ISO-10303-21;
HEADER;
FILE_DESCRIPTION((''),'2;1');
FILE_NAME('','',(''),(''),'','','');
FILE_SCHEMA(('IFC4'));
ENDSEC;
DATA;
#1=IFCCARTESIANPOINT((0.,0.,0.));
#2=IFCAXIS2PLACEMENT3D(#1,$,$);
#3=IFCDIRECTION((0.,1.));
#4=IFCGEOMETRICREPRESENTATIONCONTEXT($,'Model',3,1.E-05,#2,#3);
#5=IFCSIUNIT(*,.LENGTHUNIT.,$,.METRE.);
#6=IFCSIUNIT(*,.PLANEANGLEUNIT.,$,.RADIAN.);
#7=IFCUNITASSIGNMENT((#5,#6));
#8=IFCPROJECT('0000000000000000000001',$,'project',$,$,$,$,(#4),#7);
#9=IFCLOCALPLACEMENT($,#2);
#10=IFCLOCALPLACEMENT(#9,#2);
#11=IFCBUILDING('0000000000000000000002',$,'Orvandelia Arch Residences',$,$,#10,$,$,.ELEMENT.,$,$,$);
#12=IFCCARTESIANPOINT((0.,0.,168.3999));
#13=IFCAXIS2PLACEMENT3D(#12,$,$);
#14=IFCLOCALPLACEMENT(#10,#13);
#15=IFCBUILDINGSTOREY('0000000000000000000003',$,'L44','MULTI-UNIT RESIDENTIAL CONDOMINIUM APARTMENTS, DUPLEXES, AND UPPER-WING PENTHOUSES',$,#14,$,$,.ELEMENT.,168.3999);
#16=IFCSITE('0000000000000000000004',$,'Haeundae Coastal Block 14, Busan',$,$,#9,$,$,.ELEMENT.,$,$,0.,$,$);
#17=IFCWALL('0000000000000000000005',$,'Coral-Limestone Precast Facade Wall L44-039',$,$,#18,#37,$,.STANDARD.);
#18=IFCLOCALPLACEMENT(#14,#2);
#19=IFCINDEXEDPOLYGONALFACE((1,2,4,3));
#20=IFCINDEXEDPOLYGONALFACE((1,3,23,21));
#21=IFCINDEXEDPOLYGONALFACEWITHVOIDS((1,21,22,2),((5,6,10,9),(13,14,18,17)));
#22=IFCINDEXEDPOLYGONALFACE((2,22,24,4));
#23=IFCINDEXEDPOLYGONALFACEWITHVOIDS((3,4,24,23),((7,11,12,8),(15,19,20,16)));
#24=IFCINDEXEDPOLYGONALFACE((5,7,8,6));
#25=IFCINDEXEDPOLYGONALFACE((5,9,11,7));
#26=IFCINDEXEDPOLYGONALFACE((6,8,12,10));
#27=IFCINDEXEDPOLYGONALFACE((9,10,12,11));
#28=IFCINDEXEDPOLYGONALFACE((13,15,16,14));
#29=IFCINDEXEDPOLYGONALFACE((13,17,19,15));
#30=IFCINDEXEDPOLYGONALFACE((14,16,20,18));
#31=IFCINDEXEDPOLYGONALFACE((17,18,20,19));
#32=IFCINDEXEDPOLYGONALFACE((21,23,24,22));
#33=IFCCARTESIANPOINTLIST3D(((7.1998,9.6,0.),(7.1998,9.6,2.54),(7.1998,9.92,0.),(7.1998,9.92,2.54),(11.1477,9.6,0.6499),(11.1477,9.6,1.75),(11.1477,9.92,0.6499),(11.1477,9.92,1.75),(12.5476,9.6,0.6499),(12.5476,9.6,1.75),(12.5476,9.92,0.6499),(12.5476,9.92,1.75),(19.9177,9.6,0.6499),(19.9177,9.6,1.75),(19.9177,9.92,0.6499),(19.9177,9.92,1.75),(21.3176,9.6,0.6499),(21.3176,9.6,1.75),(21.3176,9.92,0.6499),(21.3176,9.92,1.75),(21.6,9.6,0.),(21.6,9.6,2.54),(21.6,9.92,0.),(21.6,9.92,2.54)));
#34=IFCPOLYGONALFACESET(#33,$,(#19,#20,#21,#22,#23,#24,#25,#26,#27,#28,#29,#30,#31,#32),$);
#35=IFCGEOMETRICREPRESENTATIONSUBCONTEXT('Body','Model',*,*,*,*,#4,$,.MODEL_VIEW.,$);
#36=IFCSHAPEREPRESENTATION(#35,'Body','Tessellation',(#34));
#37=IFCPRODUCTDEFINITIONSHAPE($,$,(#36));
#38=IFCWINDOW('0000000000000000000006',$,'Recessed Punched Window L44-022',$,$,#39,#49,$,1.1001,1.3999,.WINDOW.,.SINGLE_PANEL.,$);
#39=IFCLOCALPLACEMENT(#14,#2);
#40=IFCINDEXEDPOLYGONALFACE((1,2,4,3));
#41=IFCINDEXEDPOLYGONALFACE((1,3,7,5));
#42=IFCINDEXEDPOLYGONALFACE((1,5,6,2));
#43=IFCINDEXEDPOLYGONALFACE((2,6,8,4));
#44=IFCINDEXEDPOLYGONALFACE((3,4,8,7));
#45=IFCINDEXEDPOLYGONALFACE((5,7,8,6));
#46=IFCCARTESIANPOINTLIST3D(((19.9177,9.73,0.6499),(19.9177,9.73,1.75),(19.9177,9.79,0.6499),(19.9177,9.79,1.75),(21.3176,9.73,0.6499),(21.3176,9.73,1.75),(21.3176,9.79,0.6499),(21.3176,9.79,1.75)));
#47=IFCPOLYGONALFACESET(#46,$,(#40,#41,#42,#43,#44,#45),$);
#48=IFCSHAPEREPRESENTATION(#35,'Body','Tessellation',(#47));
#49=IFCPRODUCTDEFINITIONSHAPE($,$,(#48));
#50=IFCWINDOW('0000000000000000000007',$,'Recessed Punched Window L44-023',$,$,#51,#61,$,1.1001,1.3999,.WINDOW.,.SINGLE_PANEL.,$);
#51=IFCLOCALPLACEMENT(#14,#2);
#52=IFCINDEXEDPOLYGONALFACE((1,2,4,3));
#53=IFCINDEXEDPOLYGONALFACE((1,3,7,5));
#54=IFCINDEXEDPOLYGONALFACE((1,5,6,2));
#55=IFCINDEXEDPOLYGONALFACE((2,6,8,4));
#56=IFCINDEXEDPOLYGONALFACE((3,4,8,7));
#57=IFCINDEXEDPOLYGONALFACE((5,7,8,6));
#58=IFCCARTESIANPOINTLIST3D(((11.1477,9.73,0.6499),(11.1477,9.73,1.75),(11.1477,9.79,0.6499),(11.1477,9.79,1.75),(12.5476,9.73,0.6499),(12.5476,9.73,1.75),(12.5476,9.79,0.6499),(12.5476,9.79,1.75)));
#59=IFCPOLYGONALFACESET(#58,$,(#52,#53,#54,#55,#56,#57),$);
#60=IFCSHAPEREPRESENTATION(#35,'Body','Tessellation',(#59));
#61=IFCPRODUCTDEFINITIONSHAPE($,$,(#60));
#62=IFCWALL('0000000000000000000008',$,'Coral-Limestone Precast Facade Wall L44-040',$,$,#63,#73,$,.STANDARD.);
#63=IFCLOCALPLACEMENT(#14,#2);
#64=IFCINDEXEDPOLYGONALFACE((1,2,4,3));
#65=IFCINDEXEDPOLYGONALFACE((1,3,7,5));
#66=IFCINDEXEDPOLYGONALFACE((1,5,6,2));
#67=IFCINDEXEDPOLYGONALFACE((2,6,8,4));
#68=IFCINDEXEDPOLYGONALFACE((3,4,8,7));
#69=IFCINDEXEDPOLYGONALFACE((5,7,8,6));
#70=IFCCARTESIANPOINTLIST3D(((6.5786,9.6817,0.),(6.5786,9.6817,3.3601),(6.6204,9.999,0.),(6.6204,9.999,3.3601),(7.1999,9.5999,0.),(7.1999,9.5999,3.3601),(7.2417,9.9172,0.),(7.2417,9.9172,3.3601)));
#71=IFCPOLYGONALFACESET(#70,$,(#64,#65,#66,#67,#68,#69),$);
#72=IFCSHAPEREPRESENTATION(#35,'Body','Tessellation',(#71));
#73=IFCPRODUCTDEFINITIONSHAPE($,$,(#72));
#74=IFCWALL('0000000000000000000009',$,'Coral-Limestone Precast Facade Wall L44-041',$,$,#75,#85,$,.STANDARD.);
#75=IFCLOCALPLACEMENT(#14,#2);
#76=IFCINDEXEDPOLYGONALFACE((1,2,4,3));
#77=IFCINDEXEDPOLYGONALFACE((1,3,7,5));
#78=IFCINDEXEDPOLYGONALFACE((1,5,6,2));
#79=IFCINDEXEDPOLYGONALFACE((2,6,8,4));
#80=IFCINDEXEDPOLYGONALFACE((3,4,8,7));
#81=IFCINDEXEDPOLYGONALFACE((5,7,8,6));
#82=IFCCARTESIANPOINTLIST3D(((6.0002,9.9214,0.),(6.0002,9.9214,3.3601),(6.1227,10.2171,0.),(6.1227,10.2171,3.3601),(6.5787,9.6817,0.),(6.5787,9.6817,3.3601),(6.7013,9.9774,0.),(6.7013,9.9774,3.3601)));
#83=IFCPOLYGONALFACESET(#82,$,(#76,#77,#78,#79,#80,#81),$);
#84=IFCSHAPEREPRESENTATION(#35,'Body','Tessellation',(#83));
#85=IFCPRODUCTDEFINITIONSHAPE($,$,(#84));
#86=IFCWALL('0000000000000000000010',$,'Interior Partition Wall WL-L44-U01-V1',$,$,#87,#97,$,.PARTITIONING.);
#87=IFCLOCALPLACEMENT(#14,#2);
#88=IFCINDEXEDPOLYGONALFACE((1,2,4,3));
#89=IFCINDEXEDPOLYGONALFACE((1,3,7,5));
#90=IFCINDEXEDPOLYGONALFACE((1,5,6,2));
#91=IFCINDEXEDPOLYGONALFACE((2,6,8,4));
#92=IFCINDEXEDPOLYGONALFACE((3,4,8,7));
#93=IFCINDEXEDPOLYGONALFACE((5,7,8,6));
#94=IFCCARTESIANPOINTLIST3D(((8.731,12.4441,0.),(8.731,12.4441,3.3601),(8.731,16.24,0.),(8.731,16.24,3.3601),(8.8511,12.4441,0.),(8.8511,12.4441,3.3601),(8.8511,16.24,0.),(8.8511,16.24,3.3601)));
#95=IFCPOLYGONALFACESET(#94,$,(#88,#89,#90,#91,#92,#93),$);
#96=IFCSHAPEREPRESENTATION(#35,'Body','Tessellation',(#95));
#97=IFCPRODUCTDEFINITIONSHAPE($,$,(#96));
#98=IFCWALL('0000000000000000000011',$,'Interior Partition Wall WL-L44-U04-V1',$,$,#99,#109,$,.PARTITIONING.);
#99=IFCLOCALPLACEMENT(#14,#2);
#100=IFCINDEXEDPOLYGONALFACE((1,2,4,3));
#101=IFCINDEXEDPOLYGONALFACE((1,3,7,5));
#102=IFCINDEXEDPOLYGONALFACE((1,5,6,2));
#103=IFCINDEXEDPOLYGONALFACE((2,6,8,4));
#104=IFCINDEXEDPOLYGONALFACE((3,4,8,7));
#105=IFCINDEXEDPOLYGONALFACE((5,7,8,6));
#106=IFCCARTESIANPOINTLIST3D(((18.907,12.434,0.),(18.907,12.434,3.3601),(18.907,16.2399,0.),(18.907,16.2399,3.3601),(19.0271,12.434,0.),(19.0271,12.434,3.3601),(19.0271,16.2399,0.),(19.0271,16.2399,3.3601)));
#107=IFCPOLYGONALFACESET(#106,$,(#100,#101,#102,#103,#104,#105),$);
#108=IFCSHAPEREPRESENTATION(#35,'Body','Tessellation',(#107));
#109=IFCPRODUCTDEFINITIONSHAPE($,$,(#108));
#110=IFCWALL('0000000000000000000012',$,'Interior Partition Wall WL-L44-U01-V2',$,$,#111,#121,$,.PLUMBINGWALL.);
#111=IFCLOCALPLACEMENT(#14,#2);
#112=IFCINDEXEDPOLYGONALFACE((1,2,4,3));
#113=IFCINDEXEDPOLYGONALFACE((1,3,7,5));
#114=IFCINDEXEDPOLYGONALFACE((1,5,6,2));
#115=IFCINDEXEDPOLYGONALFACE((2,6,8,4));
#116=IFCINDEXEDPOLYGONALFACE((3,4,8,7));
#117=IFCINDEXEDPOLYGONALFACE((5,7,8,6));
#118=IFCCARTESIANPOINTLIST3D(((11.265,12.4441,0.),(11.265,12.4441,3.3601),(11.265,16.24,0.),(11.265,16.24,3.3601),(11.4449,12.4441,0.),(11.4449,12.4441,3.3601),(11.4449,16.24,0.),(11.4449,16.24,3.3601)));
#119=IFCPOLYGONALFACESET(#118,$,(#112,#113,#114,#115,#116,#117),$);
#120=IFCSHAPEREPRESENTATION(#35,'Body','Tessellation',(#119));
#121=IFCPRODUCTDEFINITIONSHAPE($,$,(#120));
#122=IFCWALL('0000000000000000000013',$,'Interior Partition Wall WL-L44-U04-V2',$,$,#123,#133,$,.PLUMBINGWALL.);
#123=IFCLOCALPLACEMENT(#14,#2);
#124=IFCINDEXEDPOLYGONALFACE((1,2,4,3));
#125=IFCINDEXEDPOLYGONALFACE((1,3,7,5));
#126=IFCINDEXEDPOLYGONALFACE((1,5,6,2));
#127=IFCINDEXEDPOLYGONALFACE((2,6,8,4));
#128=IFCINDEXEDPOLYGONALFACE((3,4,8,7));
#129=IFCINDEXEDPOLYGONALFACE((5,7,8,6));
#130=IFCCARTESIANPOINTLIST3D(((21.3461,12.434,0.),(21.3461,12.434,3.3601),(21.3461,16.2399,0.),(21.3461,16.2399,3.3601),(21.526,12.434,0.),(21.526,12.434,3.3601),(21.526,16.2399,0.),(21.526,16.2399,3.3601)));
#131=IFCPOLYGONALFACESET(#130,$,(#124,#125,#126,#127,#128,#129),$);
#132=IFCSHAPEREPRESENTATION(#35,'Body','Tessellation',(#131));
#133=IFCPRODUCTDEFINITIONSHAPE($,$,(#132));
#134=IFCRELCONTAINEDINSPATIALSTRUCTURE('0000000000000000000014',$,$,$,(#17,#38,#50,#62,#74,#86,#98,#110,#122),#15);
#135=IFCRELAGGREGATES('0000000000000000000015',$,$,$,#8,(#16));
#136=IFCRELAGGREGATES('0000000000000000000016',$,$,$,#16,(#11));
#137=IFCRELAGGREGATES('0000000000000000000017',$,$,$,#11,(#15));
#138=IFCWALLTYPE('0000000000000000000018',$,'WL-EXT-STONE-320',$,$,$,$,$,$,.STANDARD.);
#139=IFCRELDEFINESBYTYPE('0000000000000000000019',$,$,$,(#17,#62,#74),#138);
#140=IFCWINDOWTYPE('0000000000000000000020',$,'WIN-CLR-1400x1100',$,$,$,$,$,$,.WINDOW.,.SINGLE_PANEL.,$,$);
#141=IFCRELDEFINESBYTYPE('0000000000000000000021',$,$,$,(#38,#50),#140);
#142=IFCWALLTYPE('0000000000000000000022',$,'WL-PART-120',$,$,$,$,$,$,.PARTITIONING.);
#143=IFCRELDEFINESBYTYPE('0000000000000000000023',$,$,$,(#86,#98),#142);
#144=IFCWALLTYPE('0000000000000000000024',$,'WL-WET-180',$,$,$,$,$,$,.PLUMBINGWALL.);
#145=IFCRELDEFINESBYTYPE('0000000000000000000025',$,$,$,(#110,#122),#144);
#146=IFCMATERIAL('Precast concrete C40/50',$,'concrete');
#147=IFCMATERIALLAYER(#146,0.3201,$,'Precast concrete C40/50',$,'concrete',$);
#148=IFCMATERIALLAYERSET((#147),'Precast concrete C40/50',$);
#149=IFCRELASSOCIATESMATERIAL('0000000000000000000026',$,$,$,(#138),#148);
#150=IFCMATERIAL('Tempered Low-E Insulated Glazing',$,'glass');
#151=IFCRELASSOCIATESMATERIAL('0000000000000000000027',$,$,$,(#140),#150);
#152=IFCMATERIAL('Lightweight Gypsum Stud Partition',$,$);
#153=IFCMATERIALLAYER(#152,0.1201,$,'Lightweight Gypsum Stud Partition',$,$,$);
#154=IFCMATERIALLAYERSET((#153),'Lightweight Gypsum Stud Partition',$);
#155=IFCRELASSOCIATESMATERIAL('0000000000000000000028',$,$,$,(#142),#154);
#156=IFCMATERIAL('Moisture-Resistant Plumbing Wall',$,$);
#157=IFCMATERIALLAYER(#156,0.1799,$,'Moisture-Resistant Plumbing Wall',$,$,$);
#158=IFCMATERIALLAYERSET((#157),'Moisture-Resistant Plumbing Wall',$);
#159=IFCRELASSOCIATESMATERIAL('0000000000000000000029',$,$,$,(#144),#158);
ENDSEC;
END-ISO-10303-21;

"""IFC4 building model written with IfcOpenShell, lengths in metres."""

from ifc_helpers import new_model, si_unit, direction, frame, frame_2d, origin, place, context, subcontext, project, spatial, rectangle, extrude, material, layer, layer_set, type_object, element, fill, save


model = new_model("IFC4")

# Units and contexts
model_context = context("Model", 3, precision=1e-05, world=origin(), true_north=direction((0.0, 1.0)))
body_context = subcontext(model_context, "Body", "Model", "MODEL_VIEW")
ifc_project = project(units=[si_unit("LENGTHUNIT", "METRE"), si_unit("PLANEANGLEUNIT", "RADIAN")], contexts=[model_context])

# Site, building, storey
site_placement = place(None, origin())
site = spatial("IfcSite", under=ifc_project, at=site_placement, Name="Haeundae Coastal Block 14, Busan", CompositionType="ELEMENT", RefElevation=0.0)
building_placement = place(site_placement, origin())
building = spatial("IfcBuilding", under=site, at=building_placement, Name="Orvandelia Arch Residences", CompositionType="ELEMENT")
storey_placement = place(building_placement, frame((0.0, 0.0, 168.3999)))
storey = spatial("IfcBuildingStorey", under=building, at=storey_placement, Name="L44", Description="MULTI-UNIT RESIDENTIAL CONDOMINIUM APARTMENTS, DUPLEXES, AND UPPER-WING PENTHOUSES", CompositionType="ELEMENT", Elevation=168.3999)

# Shared definitions
ifc_material_1 = material(Name="Precast concrete C40/50", Category="concrete")
ifc_layer_1 = layer(ifc_material_1, 0.3201, Name="Precast concrete C40/50", Category="concrete")
ifc_layer_set_1 = layer_set([ifc_layer_1], Name="Precast concrete C40/50")
wall_type_1 = type_object("IfcWallType", Name="WL-EXT-STONE-320", PredefinedType="STANDARD", material=ifc_layer_set_1)

# Wall, openings, windows
wall_1_placement = place(storey_placement, frame((21.6001, 9.76, 0.0), z_axis=(0.0, 0.0, 1.0), x_axis=(-1.0, 0.0, 0.0)))
wall_1 = element("IfcWall", 1, at=wall_1_placement, inside=storey, type_object=wall_type_1, Name="Coral-Limestone Precast Facade Wall L44-039", PredefinedType="STANDARD", context=body_context, shape_type="SweptSolid", body=[
    extrude(rectangle(XDim=14.4001, YDim=0.3201, at=frame_2d((7.2002, 0.0))), origin(), (0.0, 0.0, 1.0), 2.54),
])
opening_1_placement = place(wall_1_placement, frame((0.2825, 0.0, 0.6499)))
opening_1 = element("IfcOpeningElement", 2, at=opening_1_placement, cuts=wall_1, PredefinedType="OPENING", context=body_context, shape_type="SweptSolid", body=[
    extrude(rectangle(XDim=1.3999, YDim=1.1001, at=frame_2d((0.7, 0.55))), frame((0.0, 0.1699, 0.0), z_axis=(0.0, -1.0, 0.0), x_axis=(1.0, 0.0, 0.0)), (0.0, 0.0, 1.0), 0.3401),
])
opening_2_placement = place(wall_1_placement, frame((9.0525, 0.0, 0.6499)))
opening_2 = element("IfcOpeningElement", 3, at=opening_2_placement, cuts=wall_1, PredefinedType="OPENING", context=body_context, shape_type="SweptSolid", body=[
    extrude(rectangle(XDim=1.3999, YDim=1.1001, at=frame_2d((0.7, 0.55))), frame((0.0, 0.1699, 0.0), z_axis=(0.0, -1.0, 0.0), x_axis=(1.0, 0.0, 0.0)), (0.0, 0.0, 1.0), 0.3401),
])
ifc_material_2 = material(Name="Tempered Low-E Insulated Glazing", Category="glass")
window_type = type_object("IfcWindowType", Name="WIN-CLR-1400x1100", PartitioningType="SINGLE_PANEL", PredefinedType="WINDOW", material=ifc_material_2)
window_1_placement = place(opening_1_placement, origin())
window_1 = element("IfcWindow", 4, at=window_1_placement, inside=storey, type_object=window_type, Name="Recessed Punched Window L44-022", OverallHeight=1.1001, OverallWidth=1.3999, PartitioningType="SINGLE_PANEL", PredefinedType="WINDOW", context=body_context, shape_type="SweptSolid", body=[
    extrude(rectangle(XDim=1.3999, YDim=1.1001, at=frame_2d((0.7, 0.55))), frame((0.0, 0.03, 0.0), z_axis=(0.0, -1.0, 0.0), x_axis=(1.0, 0.0, 0.0)), (0.0, 0.0, 1.0), 0.0601),
])
fill(opening_1, window_1)
window_2_placement = place(opening_2_placement, origin())
window_2 = element("IfcWindow", 5, at=window_2_placement, inside=storey, type_object=window_type, Name="Recessed Punched Window L44-023", OverallHeight=1.1001, OverallWidth=1.3999, PartitioningType="SINGLE_PANEL", PredefinedType="WINDOW", context=body_context, shape_type="SweptSolid", body=[
    extrude(rectangle(XDim=1.3999, YDim=1.1001, at=frame_2d((0.7, 0.55))), frame((0.0, 0.03, 0.0), z_axis=(0.0, -1.0, 0.0), x_axis=(1.0, 0.0, 0.0)), (0.0, 0.0, 1.0), 0.0601),
])
fill(opening_2, window_2)

# Walls
wall_2_placement = place(storey_placement, frame((7.2209, 9.7585, 0.0), z_axis=(0.0, 0.0, 1.0), x_axis=(-0.991448, 0.130505, 0.0)))
element("IfcWall", 6, at=wall_2_placement, inside=storey, type_object=wall_type_1, Name="Coral-Limestone Precast Facade Wall L44-040", PredefinedType="STANDARD", context=body_context, shape_type="SweptSolid", body=[
    extrude(rectangle(XDim=0.6267, YDim=0.3201, at=frame_2d((0.3135, 0.0))), origin(), (0.0, 0.0, 1.0), 3.3601),
])
wall_3_placement = place(storey_placement, frame((6.6399, 9.8296, 0.0), z_axis=(0.0, 0.0, 1.0), x_axis=(-0.923836, 0.382788, 0.0)))
element("IfcWall", 7, at=wall_3_placement, inside=storey, type_object=wall_type_1, Name="Coral-Limestone Precast Facade Wall L44-041", PredefinedType="STANDARD", context=body_context, shape_type="SweptSolid", body=[
    extrude(rectangle(XDim=0.6262, YDim=0.3201, at=frame_2d((0.313, 0.0))), origin(), (0.0, 0.0, 1.0), 3.3601),
])
ifc_material_3 = material(Name="Lightweight Gypsum Stud Partition")
ifc_layer_2 = layer(ifc_material_3, 0.1201, Name="Lightweight Gypsum Stud Partition")
ifc_layer_set_2 = layer_set([ifc_layer_2], Name="Lightweight Gypsum Stud Partition")
wall_type_2 = type_object("IfcWallType", Name="WL-PART-120", PredefinedType="PARTITIONING", material=ifc_layer_set_2)
wall_4_placement = place(storey_placement, frame((8.791, 12.4441, 0.0), z_axis=(0.0, 0.0, 1.0), x_axis=(0.0, 1.0, 0.0)))
element("IfcWall", 8, at=wall_4_placement, inside=storey, type_object=wall_type_2, Name="Interior Partition Wall WL-L44-U01-V1", PredefinedType="PARTITIONING", context=body_context, shape_type="SweptSolid", body=[
    extrude(rectangle(XDim=3.7959, YDim=0.1201, at=frame_2d((1.8979, 0.0))), origin(), (0.0, 0.0, 1.0), 3.3601),
])
wall_5_placement = place(storey_placement, frame((18.967, 12.4341, 0.0), z_axis=(0.0, 0.0, 1.0), x_axis=(0.0, 1.0, 0.0)))
element("IfcWall", 9, at=wall_5_placement, inside=storey, type_object=wall_type_2, Name="Interior Partition Wall WL-L44-U04-V1", PredefinedType="PARTITIONING", context=body_context, shape_type="SweptSolid", body=[
    extrude(rectangle(XDim=3.8059, YDim=0.1201, at=frame_2d((1.9028, 0.0))), origin(), (0.0, 0.0, 1.0), 3.3601),
])
ifc_material_4 = material(Name="Moisture-Resistant Plumbing Wall")
ifc_layer_3 = layer(ifc_material_4, 0.1799, Name="Moisture-Resistant Plumbing Wall")
ifc_layer_set_3 = layer_set([ifc_layer_3], Name="Moisture-Resistant Plumbing Wall")
wall_type_3 = type_object("IfcWallType", Name="WL-WET-180", PredefinedType="PLUMBINGWALL", material=ifc_layer_set_3)
wall_6_placement = place(storey_placement, frame((11.355, 12.4441, 0.0), z_axis=(0.0, 0.0, 1.0), x_axis=(0.0, 1.0, 0.0)))
element("IfcWall", 10, at=wall_6_placement, inside=storey, type_object=wall_type_3, Name="Interior Partition Wall WL-L44-U01-V2", PredefinedType="PLUMBINGWALL", context=body_context, shape_type="SweptSolid", body=[
    extrude(rectangle(XDim=3.7959, YDim=0.1799, at=frame_2d((1.8979, 0.0))), origin(), (0.0, 0.0, 1.0), 3.3601),
])

# Wall
wall_7_placement = place(storey_placement, frame((21.436, 12.4341, 0.0), z_axis=(0.0, 0.0, 1.0), x_axis=(0.0, 1.0, 0.0)))
element("IfcWall", 11, at=wall_7_placement, inside=storey, type_object=wall_type_3, Name="Interior Partition Wall WL-L44-U04-V2", PredefinedType="PLUMBINGWALL", context=body_context, shape_type="SweptSolid", body=[
    extrude(rectangle(XDim=3.8059, YDim=0.1799, at=frame_2d((1.9028, 0.0))), origin(), (0.0, 0.0, 1.0), 3.3601),
])

save(model, "model.ifc")
